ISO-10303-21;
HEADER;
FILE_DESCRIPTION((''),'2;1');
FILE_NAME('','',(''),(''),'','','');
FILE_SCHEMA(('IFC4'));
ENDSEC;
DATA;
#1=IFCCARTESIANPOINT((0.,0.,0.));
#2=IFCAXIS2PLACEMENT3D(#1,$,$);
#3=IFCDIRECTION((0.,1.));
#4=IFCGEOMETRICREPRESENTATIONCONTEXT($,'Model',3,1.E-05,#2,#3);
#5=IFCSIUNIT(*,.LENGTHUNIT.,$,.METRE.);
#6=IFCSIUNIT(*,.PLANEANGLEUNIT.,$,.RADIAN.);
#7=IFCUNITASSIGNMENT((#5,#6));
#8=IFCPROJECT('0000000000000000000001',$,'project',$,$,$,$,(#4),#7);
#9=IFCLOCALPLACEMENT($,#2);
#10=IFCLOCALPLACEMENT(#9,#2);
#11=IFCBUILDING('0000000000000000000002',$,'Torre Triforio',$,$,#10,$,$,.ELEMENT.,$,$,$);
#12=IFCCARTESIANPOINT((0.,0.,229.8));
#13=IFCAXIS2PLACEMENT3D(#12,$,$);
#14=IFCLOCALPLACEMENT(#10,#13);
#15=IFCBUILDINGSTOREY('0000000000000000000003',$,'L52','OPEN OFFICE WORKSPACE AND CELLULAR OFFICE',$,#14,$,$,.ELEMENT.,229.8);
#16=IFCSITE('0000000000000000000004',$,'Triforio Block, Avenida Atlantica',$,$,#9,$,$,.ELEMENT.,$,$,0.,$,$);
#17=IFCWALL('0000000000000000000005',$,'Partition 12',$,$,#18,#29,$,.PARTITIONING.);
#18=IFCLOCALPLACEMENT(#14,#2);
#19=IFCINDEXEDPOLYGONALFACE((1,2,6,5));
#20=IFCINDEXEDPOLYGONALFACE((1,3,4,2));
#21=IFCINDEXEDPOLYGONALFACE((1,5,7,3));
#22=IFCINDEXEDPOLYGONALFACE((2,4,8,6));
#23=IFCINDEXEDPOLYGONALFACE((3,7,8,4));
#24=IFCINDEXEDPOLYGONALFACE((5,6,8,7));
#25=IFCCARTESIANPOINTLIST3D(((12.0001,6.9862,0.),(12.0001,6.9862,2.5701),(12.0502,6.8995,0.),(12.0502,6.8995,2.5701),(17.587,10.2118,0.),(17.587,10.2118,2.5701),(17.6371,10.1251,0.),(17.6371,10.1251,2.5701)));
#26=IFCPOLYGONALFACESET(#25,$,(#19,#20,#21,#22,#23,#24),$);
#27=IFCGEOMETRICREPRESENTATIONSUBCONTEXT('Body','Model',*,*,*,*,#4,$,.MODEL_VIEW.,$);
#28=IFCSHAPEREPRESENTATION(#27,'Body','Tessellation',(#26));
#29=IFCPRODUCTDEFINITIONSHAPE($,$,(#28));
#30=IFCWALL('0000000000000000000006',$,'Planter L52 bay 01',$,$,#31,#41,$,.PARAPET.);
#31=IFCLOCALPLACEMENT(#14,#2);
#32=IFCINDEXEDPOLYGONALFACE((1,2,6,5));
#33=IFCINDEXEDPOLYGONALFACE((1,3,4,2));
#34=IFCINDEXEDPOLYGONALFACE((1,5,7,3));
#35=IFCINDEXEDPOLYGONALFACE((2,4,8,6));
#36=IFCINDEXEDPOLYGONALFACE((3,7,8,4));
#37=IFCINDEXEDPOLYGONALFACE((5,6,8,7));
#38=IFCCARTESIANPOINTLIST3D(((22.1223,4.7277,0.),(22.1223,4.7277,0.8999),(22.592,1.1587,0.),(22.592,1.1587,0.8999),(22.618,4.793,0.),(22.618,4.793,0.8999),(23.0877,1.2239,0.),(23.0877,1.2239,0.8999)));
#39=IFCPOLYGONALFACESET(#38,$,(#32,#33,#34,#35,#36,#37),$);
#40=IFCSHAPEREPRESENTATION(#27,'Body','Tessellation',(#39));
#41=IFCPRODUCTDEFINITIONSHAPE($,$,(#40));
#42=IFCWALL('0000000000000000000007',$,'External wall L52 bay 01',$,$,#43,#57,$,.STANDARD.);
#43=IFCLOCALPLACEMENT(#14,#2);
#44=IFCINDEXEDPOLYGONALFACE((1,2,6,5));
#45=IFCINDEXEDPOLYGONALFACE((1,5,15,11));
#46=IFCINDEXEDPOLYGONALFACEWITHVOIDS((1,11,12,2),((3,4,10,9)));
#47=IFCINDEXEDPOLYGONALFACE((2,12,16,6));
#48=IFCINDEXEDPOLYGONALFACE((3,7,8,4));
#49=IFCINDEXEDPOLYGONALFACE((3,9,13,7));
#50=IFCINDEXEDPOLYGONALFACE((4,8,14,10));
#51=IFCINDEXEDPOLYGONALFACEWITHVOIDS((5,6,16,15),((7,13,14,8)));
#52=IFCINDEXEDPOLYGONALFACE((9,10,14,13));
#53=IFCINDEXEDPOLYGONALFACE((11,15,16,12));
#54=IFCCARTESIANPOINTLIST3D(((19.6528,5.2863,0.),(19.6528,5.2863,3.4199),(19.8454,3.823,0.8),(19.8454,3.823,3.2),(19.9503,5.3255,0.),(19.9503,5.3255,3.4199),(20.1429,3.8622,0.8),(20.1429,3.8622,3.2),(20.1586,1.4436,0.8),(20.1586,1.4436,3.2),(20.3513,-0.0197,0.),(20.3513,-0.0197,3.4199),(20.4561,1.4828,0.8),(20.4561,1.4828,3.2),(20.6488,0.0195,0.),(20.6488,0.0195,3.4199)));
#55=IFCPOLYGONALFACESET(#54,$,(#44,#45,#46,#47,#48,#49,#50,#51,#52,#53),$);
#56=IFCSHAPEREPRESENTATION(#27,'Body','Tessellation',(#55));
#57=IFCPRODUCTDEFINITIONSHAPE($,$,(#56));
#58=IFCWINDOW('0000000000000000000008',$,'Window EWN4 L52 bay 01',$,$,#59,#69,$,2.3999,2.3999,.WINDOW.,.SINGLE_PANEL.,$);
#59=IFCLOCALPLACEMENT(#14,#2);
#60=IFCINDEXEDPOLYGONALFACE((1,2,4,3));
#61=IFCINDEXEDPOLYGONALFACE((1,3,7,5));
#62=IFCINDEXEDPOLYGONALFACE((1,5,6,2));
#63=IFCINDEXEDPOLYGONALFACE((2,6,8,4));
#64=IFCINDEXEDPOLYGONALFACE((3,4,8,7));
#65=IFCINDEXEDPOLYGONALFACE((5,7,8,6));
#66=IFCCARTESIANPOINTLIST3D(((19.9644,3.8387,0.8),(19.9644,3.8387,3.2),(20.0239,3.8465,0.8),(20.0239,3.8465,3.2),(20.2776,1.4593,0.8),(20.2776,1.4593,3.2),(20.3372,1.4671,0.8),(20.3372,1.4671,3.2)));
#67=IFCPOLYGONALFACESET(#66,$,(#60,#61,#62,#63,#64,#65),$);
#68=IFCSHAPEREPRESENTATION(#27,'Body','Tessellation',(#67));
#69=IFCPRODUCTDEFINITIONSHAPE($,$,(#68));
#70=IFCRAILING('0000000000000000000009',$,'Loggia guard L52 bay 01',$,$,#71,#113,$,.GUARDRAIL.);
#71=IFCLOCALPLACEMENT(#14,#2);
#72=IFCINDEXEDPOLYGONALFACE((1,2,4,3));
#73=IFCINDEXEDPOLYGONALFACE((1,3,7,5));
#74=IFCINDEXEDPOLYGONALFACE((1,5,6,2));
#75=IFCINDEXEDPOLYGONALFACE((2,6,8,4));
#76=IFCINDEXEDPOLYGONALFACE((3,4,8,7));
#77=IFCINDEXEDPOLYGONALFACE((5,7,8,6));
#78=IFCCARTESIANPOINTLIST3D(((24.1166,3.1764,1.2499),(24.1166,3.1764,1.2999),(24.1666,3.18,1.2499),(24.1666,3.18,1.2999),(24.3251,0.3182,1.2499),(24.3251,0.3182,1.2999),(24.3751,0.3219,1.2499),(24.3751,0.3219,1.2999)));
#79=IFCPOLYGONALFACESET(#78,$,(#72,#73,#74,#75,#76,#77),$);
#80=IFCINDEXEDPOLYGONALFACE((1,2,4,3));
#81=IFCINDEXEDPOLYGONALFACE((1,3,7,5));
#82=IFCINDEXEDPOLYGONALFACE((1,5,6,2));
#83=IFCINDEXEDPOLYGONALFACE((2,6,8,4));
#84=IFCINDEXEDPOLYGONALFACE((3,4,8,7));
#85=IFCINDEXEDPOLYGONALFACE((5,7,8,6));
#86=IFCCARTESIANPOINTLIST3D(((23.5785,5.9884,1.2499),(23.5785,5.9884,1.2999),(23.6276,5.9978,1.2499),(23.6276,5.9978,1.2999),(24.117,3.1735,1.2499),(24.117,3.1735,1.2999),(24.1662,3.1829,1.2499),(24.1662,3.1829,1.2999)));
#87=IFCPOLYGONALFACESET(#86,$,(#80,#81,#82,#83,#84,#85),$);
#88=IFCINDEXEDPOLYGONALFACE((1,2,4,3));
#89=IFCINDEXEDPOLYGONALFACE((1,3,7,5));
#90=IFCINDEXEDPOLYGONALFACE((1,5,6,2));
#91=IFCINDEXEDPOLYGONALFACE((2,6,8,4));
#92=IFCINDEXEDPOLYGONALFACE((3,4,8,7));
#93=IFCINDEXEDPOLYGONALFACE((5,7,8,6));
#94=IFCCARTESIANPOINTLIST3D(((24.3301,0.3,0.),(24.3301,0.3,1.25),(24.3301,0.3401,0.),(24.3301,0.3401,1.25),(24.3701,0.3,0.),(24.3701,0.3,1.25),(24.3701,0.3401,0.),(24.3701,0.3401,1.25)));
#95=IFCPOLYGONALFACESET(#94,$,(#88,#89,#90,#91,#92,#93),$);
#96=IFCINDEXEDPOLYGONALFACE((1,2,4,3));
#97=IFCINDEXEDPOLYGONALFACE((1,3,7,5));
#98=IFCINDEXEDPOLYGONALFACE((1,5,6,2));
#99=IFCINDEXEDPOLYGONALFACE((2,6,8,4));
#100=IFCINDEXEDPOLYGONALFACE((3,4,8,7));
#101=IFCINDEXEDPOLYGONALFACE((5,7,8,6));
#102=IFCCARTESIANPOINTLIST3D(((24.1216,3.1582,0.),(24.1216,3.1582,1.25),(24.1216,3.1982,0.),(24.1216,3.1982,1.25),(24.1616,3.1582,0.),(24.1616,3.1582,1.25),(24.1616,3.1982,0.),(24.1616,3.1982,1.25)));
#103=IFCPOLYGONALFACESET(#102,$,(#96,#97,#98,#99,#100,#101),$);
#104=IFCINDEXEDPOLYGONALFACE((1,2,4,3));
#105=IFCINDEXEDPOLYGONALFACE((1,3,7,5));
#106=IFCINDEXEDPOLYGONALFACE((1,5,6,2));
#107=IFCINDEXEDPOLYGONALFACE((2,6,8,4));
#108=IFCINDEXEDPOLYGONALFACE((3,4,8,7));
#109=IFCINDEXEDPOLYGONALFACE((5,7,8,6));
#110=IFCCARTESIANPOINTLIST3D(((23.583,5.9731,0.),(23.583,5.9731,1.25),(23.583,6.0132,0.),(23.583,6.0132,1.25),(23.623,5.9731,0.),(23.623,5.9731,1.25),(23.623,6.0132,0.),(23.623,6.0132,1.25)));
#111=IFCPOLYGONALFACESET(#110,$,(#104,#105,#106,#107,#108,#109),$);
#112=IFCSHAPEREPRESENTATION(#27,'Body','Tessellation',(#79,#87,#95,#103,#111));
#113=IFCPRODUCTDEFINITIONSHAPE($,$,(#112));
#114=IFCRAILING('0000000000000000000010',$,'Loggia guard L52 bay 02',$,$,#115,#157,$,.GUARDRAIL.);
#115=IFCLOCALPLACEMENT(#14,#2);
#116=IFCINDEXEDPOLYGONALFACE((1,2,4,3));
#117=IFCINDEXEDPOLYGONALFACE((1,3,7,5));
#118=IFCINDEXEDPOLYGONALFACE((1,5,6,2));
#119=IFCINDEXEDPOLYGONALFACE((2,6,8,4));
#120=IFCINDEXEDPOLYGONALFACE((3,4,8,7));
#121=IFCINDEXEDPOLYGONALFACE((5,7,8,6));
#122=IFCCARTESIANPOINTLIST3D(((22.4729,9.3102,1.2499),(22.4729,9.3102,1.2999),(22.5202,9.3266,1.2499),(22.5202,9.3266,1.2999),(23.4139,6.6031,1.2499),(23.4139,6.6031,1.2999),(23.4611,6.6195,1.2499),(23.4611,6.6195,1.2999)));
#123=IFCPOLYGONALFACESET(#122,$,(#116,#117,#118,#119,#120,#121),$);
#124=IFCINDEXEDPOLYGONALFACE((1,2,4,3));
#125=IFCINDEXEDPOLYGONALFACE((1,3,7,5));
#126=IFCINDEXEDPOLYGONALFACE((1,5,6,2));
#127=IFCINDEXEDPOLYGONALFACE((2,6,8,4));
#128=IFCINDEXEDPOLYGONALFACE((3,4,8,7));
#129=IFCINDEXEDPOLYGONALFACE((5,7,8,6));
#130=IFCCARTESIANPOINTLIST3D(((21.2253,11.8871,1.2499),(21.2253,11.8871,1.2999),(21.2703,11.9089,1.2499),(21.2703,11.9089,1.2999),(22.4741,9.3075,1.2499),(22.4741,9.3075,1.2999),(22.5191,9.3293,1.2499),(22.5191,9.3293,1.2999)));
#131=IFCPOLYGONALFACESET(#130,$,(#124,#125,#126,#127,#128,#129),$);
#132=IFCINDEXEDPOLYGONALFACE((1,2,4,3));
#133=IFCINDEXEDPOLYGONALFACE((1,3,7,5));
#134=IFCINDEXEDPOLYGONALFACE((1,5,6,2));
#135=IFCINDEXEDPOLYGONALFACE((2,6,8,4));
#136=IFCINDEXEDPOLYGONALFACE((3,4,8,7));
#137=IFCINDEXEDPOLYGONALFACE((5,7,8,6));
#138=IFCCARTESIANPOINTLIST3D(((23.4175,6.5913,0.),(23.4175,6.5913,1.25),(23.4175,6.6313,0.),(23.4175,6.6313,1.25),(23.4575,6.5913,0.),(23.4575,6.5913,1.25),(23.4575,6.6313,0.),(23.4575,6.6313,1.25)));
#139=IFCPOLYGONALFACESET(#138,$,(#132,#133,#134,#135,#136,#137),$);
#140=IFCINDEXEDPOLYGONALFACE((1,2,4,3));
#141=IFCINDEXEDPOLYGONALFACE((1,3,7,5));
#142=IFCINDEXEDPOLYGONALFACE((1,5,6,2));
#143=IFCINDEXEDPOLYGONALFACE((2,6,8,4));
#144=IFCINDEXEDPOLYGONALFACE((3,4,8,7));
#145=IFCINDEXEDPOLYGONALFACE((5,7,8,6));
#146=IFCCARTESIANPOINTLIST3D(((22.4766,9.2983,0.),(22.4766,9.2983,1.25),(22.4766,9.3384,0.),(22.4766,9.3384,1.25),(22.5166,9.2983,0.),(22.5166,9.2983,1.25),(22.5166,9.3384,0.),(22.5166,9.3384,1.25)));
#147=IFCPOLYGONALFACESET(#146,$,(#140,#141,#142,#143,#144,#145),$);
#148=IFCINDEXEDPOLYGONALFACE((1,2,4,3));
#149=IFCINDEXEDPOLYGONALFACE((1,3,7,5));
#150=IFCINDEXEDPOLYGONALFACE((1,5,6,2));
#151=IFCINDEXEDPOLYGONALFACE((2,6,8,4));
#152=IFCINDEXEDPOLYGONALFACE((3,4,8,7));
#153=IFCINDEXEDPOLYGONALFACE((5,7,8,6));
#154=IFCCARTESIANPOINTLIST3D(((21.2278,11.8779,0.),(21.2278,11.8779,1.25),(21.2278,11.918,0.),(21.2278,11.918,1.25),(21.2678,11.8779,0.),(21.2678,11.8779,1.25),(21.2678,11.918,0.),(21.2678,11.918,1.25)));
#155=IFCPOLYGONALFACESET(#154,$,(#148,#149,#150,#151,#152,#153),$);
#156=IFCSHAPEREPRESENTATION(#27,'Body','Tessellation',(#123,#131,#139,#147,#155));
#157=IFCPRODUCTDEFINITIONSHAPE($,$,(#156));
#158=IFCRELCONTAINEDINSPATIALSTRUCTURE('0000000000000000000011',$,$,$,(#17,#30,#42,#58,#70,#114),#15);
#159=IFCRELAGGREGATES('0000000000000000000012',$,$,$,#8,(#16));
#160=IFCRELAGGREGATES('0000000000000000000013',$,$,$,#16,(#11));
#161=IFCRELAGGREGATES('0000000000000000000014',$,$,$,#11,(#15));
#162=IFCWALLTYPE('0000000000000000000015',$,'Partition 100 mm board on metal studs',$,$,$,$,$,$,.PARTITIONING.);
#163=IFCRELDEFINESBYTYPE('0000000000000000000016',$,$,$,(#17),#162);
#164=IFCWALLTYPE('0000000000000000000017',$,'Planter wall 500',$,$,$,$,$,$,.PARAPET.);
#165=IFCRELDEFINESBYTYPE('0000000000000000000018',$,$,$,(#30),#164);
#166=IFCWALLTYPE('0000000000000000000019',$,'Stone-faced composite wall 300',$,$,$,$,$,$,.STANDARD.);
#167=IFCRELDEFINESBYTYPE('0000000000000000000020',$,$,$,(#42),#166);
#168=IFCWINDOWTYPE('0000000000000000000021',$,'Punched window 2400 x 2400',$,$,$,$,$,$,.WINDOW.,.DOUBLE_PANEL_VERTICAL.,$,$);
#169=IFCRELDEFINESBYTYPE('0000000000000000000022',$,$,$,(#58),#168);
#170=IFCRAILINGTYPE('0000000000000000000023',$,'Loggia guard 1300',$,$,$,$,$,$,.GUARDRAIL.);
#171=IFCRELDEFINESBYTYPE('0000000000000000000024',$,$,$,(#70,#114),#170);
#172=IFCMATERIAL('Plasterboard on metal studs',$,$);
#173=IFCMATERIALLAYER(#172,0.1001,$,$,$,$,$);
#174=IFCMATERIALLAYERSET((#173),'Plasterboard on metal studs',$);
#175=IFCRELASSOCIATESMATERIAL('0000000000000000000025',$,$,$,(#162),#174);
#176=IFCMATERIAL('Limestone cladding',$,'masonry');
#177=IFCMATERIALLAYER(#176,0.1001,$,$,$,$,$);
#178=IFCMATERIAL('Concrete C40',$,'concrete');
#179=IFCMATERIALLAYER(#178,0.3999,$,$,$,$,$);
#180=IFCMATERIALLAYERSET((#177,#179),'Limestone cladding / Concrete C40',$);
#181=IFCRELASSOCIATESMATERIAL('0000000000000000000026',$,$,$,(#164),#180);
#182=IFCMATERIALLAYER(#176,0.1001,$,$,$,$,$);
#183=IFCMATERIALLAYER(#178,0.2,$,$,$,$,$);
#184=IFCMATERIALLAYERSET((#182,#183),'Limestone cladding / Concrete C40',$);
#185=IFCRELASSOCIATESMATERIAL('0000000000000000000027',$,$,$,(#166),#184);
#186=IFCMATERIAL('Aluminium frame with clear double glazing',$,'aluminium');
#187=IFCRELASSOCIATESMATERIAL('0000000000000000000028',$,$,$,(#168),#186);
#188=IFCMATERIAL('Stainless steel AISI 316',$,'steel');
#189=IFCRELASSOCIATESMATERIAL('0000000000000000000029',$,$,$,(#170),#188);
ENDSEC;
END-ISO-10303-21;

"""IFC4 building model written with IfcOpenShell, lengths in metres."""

from ifc_helpers import new_model, si_unit, direction, frame, frame_2d, origin, origin_2d, place, context, subcontext, project, spatial, rectangle, extrude, material, layer, layer_set, type_object, element, fill, save


model = new_model("IFC4")

# Units and contexts
model_context = context("Model", 3, precision=1e-05, world=origin(), true_north=direction((0.0, 1.0)))
body_context = subcontext(model_context, "Body", "Model", "MODEL_VIEW")
ifc_project = project(units=[si_unit("LENGTHUNIT", "METRE"), si_unit("PLANEANGLEUNIT", "RADIAN")], contexts=[model_context])

# Site, building, storey
site_placement = place(None, origin())
site = spatial("IfcSite", under=ifc_project, at=site_placement, Name="Triforio Block, Avenida Atlantica", CompositionType="ELEMENT", RefElevation=0.0)
building_placement = place(site_placement, origin())
building = spatial("IfcBuilding", under=site, at=building_placement, Name="Torre Triforio", CompositionType="ELEMENT")
storey_placement = place(building_placement, frame((0.0, 0.0, 229.8)))
storey = spatial("IfcBuildingStorey", under=building, at=storey_placement, Name="L52", Description="OPEN OFFICE WORKSPACE AND CELLULAR OFFICE", CompositionType="ELEMENT", Elevation=229.8)

# Shared definitions
ifc_material_1 = material(Name="Concrete C40", Category="concrete")

# Shared definitions
ifc_material_2 = material(Name="Plasterboard on metal studs")

# Walls
ifc_layer_1 = layer(ifc_material_2, 0.1001)
ifc_layer_set_1 = layer_set([ifc_layer_1], Name="Plasterboard on metal studs")
wall_type_1 = type_object("IfcWallType", Name="Partition 100 mm board on metal studs", PredefinedType="PARTITIONING", material=ifc_layer_set_1)
wall_1_placement = place(storey_placement, frame((12.0251, 6.9429, 0.0), z_axis=(0.0, 0.0, 1.0), x_axis=(0.866027, 0.499998, 0.0)))
element("IfcWall", 1, at=wall_1_placement, inside=storey, type_object=wall_type_1, Name="Partition 12", PredefinedType="PARTITIONING", context=body_context, shape_type="SweptSolid", body=[
    extrude(rectangle(XDim=6.4512, YDim=0.1001, at=frame_2d((3.2256, 0.0))), origin(), (0.0, 0.0, 1.0), 2.5701),
])
ifc_material_3 = material(Name="Limestone cladding", Category="masonry")
ifc_layer_2 = layer(ifc_material_3, 0.1001)
ifc_layer_3 = layer(ifc_material_1, 0.3999)
ifc_layer_set_2 = layer_set([ifc_layer_2, ifc_layer_3], Name="Limestone cladding / Concrete C40")
wall_type_2 = type_object("IfcWallType", Name="Planter wall 500", PredefinedType="PARAPET", material=ifc_layer_set_2)
wall_2_placement = place(storey_placement, frame((22.8398, 1.1914, 0.0), z_axis=(0.0, 0.0, 1.0), x_axis=(-0.130484, 0.99145, 0.0)))
element("IfcWall", 2, at=wall_2_placement, inside=storey, type_object=wall_type_2, Name="Planter L52 bay 01", PredefinedType="PARAPET", context=body_context, shape_type="SweptSolid", body=[
    extrude(rectangle(XDim=3.5999, YDim=0.5, at=frame_2d((1.7998, 0.0))), origin(), (0.0, 0.0, 1.0), 0.8999),
])

# Wall, opening, window
ifc_layer_4 = layer(ifc_material_3, 0.1001)
ifc_layer_5 = layer(ifc_material_1, 0.2)
ifc_layer_set_3 = layer_set([ifc_layer_4, ifc_layer_5], Name="Limestone cladding / Concrete C40")
wall_type_3 = type_object("IfcWallType", Name="Stone-faced composite wall 300", PredefinedType="STANDARD", material=ifc_layer_set_3)
wall_3_placement = place(storey_placement, frame((20.5, 0.0, 0.0), z_axis=(0.0, 0.0, 1.0), x_axis=(-0.130517, 0.991446, 0.0)))
wall_3 = element("IfcWall", 3, at=wall_3_placement, inside=storey, type_object=wall_type_3, Name="External wall L52 bay 01", PredefinedType="STANDARD", context=body_context, shape_type="SweptSolid", body=[
    extrude(rectangle(XDim=5.3518, YDim=0.3, at=frame_2d((2.6758, 0.0))), origin(), (0.0, 0.0, 1.0), 3.4199),
])
opening_1_placement = place(wall_3_placement, frame((1.4758, 0.0, 0.8)))
opening_1 = element("IfcOpeningElement", 4, at=opening_1_placement, cuts=wall_3, PredefinedType="OPENING", context=body_context, shape_type="SweptSolid", body=[
    extrude(rectangle(XDim=2.3999, YDim=2.3999, at=frame_2d((1.2, 1.2))), frame((0.0, 0.1599, 0.0), z_axis=(0.0, -1.0, 0.0), x_axis=(1.0, 0.0, 0.0)), (0.0, 0.0, 1.0), 0.3201),
])
ifc_material_4 = material(Name="Aluminium frame with clear double glazing", Category="aluminium")
window_type_1 = type_object("IfcWindowType", Name="Punched window 2400 x 2400", PartitioningType="DOUBLE_PANEL_VERTICAL", PredefinedType="WINDOW", material=ifc_material_4)
window_1_placement = place(opening_1_placement, origin())
window_1 = element("IfcWindow", 5, at=window_1_placement, inside=storey, type_object=window_type_1, Name="Window EWN4 L52 bay 01", OverallHeight=2.3999, OverallWidth=2.3999, PartitioningType="SINGLE_PANEL", PredefinedType="WINDOW", context=body_context, shape_type="SweptSolid", body=[
    extrude(rectangle(XDim=2.3999, YDim=2.3999, at=frame_2d((1.2, 1.2))), frame((0.0, 0.03, 0.0), z_axis=(0.0, -1.0, 0.0), x_axis=(1.0, 0.0, 0.0)), (0.0, 0.0, 1.0), 0.0601),
])
fill(opening_1, window_1)

# Railings
ifc_material_5 = material(Name="Stainless steel AISI 316", Category="steel")
railing_type = type_object("IfcRailingType", Name="Loggia guard 1300", PredefinedType="GUARDRAIL", material=ifc_material_5)
railing_1_placement = place(storey_placement, frame((24.3501, 0.3201, 0.0)))
element("IfcRailing", 6, at=railing_1_placement, inside=storey, type_object=railing_type, Name="Loggia guard L52 bay 01", PredefinedType="GUARDRAIL", context=body_context, shape_type="SweptSolid", body=[
    extrude(rectangle(XDim=0.05, YDim=0.05, at=origin_2d()), frame((0.0, 0.0, 1.2749), z_axis=(-0.072754, 0.99735, 0.0), x_axis=(-0.99735, -0.072754, 0.0)), (0.0, 0.0, 1.0), 2.8657),
    extrude(rectangle(XDim=0.05, YDim=0.05, at=origin_2d()), frame((-0.2085, 2.8582, 1.2749), z_axis=(-0.187918, 0.982185, 0.0), x_axis=(-0.982185, -0.187918, 0.0)), (0.0, 0.0, 1.0), 2.866),
    extrude(rectangle(XDim=0.04, YDim=0.04, at=origin_2d()), origin(), (0.0, 0.0, 1.0), 1.25),
    extrude(rectangle(XDim=0.04, YDim=0.04, at=origin_2d()), frame((-0.2085, 2.8582, 0.0)), (0.0, 0.0, 1.0), 1.25),
    extrude(rectangle(XDim=0.04, YDim=0.04, at=origin_2d()), frame((-0.7471, 5.6731, 0.0)), (0.0, 0.0, 1.0), 1.25),
])
railing_2_placement = place(storey_placement, frame((23.4375, 6.6113, 0.0)))
element("IfcRailing", 7, at=railing_2_placement, inside=storey, type_object=railing_type, Name="Loggia guard L52 bay 02", PredefinedType="GUARDRAIL", context=body_context, shape_type="SweptSolid", body=[
    extrude(rectangle(XDim=0.05, YDim=0.05, at=origin_2d()), frame((0.0, 0.0, 1.2749), z_axis=(-0.328316, 0.944568, 0.0), x_axis=(-0.944568, -0.328316, 0.0)), (0.0, 0.0, 1.0), 2.866),
    extrude(rectangle(XDim=0.05, YDim=0.05, at=origin_2d()), frame((-0.9409, 2.707, 1.2749), z_axis=(-0.435728, 0.900078, 0.0), x_axis=(-0.900078, -0.435728, 0.0)), (0.0, 0.0, 1.0), 2.866),
    extrude(rectangle(XDim=0.04, YDim=0.04, at=origin_2d()), origin(), (0.0, 0.0, 1.0), 1.25),
    extrude(rectangle(XDim=0.04, YDim=0.04, at=origin_2d()), frame((-0.9409, 2.707, 0.0)), (0.0, 0.0, 1.0), 1.25),
    extrude(rectangle(XDim=0.04, YDim=0.04, at=origin_2d()), frame((-2.1897, 5.2866, 0.0)), (0.0, 0.0, 1.0), 1.25),
])

save(model, "model.ifc")
